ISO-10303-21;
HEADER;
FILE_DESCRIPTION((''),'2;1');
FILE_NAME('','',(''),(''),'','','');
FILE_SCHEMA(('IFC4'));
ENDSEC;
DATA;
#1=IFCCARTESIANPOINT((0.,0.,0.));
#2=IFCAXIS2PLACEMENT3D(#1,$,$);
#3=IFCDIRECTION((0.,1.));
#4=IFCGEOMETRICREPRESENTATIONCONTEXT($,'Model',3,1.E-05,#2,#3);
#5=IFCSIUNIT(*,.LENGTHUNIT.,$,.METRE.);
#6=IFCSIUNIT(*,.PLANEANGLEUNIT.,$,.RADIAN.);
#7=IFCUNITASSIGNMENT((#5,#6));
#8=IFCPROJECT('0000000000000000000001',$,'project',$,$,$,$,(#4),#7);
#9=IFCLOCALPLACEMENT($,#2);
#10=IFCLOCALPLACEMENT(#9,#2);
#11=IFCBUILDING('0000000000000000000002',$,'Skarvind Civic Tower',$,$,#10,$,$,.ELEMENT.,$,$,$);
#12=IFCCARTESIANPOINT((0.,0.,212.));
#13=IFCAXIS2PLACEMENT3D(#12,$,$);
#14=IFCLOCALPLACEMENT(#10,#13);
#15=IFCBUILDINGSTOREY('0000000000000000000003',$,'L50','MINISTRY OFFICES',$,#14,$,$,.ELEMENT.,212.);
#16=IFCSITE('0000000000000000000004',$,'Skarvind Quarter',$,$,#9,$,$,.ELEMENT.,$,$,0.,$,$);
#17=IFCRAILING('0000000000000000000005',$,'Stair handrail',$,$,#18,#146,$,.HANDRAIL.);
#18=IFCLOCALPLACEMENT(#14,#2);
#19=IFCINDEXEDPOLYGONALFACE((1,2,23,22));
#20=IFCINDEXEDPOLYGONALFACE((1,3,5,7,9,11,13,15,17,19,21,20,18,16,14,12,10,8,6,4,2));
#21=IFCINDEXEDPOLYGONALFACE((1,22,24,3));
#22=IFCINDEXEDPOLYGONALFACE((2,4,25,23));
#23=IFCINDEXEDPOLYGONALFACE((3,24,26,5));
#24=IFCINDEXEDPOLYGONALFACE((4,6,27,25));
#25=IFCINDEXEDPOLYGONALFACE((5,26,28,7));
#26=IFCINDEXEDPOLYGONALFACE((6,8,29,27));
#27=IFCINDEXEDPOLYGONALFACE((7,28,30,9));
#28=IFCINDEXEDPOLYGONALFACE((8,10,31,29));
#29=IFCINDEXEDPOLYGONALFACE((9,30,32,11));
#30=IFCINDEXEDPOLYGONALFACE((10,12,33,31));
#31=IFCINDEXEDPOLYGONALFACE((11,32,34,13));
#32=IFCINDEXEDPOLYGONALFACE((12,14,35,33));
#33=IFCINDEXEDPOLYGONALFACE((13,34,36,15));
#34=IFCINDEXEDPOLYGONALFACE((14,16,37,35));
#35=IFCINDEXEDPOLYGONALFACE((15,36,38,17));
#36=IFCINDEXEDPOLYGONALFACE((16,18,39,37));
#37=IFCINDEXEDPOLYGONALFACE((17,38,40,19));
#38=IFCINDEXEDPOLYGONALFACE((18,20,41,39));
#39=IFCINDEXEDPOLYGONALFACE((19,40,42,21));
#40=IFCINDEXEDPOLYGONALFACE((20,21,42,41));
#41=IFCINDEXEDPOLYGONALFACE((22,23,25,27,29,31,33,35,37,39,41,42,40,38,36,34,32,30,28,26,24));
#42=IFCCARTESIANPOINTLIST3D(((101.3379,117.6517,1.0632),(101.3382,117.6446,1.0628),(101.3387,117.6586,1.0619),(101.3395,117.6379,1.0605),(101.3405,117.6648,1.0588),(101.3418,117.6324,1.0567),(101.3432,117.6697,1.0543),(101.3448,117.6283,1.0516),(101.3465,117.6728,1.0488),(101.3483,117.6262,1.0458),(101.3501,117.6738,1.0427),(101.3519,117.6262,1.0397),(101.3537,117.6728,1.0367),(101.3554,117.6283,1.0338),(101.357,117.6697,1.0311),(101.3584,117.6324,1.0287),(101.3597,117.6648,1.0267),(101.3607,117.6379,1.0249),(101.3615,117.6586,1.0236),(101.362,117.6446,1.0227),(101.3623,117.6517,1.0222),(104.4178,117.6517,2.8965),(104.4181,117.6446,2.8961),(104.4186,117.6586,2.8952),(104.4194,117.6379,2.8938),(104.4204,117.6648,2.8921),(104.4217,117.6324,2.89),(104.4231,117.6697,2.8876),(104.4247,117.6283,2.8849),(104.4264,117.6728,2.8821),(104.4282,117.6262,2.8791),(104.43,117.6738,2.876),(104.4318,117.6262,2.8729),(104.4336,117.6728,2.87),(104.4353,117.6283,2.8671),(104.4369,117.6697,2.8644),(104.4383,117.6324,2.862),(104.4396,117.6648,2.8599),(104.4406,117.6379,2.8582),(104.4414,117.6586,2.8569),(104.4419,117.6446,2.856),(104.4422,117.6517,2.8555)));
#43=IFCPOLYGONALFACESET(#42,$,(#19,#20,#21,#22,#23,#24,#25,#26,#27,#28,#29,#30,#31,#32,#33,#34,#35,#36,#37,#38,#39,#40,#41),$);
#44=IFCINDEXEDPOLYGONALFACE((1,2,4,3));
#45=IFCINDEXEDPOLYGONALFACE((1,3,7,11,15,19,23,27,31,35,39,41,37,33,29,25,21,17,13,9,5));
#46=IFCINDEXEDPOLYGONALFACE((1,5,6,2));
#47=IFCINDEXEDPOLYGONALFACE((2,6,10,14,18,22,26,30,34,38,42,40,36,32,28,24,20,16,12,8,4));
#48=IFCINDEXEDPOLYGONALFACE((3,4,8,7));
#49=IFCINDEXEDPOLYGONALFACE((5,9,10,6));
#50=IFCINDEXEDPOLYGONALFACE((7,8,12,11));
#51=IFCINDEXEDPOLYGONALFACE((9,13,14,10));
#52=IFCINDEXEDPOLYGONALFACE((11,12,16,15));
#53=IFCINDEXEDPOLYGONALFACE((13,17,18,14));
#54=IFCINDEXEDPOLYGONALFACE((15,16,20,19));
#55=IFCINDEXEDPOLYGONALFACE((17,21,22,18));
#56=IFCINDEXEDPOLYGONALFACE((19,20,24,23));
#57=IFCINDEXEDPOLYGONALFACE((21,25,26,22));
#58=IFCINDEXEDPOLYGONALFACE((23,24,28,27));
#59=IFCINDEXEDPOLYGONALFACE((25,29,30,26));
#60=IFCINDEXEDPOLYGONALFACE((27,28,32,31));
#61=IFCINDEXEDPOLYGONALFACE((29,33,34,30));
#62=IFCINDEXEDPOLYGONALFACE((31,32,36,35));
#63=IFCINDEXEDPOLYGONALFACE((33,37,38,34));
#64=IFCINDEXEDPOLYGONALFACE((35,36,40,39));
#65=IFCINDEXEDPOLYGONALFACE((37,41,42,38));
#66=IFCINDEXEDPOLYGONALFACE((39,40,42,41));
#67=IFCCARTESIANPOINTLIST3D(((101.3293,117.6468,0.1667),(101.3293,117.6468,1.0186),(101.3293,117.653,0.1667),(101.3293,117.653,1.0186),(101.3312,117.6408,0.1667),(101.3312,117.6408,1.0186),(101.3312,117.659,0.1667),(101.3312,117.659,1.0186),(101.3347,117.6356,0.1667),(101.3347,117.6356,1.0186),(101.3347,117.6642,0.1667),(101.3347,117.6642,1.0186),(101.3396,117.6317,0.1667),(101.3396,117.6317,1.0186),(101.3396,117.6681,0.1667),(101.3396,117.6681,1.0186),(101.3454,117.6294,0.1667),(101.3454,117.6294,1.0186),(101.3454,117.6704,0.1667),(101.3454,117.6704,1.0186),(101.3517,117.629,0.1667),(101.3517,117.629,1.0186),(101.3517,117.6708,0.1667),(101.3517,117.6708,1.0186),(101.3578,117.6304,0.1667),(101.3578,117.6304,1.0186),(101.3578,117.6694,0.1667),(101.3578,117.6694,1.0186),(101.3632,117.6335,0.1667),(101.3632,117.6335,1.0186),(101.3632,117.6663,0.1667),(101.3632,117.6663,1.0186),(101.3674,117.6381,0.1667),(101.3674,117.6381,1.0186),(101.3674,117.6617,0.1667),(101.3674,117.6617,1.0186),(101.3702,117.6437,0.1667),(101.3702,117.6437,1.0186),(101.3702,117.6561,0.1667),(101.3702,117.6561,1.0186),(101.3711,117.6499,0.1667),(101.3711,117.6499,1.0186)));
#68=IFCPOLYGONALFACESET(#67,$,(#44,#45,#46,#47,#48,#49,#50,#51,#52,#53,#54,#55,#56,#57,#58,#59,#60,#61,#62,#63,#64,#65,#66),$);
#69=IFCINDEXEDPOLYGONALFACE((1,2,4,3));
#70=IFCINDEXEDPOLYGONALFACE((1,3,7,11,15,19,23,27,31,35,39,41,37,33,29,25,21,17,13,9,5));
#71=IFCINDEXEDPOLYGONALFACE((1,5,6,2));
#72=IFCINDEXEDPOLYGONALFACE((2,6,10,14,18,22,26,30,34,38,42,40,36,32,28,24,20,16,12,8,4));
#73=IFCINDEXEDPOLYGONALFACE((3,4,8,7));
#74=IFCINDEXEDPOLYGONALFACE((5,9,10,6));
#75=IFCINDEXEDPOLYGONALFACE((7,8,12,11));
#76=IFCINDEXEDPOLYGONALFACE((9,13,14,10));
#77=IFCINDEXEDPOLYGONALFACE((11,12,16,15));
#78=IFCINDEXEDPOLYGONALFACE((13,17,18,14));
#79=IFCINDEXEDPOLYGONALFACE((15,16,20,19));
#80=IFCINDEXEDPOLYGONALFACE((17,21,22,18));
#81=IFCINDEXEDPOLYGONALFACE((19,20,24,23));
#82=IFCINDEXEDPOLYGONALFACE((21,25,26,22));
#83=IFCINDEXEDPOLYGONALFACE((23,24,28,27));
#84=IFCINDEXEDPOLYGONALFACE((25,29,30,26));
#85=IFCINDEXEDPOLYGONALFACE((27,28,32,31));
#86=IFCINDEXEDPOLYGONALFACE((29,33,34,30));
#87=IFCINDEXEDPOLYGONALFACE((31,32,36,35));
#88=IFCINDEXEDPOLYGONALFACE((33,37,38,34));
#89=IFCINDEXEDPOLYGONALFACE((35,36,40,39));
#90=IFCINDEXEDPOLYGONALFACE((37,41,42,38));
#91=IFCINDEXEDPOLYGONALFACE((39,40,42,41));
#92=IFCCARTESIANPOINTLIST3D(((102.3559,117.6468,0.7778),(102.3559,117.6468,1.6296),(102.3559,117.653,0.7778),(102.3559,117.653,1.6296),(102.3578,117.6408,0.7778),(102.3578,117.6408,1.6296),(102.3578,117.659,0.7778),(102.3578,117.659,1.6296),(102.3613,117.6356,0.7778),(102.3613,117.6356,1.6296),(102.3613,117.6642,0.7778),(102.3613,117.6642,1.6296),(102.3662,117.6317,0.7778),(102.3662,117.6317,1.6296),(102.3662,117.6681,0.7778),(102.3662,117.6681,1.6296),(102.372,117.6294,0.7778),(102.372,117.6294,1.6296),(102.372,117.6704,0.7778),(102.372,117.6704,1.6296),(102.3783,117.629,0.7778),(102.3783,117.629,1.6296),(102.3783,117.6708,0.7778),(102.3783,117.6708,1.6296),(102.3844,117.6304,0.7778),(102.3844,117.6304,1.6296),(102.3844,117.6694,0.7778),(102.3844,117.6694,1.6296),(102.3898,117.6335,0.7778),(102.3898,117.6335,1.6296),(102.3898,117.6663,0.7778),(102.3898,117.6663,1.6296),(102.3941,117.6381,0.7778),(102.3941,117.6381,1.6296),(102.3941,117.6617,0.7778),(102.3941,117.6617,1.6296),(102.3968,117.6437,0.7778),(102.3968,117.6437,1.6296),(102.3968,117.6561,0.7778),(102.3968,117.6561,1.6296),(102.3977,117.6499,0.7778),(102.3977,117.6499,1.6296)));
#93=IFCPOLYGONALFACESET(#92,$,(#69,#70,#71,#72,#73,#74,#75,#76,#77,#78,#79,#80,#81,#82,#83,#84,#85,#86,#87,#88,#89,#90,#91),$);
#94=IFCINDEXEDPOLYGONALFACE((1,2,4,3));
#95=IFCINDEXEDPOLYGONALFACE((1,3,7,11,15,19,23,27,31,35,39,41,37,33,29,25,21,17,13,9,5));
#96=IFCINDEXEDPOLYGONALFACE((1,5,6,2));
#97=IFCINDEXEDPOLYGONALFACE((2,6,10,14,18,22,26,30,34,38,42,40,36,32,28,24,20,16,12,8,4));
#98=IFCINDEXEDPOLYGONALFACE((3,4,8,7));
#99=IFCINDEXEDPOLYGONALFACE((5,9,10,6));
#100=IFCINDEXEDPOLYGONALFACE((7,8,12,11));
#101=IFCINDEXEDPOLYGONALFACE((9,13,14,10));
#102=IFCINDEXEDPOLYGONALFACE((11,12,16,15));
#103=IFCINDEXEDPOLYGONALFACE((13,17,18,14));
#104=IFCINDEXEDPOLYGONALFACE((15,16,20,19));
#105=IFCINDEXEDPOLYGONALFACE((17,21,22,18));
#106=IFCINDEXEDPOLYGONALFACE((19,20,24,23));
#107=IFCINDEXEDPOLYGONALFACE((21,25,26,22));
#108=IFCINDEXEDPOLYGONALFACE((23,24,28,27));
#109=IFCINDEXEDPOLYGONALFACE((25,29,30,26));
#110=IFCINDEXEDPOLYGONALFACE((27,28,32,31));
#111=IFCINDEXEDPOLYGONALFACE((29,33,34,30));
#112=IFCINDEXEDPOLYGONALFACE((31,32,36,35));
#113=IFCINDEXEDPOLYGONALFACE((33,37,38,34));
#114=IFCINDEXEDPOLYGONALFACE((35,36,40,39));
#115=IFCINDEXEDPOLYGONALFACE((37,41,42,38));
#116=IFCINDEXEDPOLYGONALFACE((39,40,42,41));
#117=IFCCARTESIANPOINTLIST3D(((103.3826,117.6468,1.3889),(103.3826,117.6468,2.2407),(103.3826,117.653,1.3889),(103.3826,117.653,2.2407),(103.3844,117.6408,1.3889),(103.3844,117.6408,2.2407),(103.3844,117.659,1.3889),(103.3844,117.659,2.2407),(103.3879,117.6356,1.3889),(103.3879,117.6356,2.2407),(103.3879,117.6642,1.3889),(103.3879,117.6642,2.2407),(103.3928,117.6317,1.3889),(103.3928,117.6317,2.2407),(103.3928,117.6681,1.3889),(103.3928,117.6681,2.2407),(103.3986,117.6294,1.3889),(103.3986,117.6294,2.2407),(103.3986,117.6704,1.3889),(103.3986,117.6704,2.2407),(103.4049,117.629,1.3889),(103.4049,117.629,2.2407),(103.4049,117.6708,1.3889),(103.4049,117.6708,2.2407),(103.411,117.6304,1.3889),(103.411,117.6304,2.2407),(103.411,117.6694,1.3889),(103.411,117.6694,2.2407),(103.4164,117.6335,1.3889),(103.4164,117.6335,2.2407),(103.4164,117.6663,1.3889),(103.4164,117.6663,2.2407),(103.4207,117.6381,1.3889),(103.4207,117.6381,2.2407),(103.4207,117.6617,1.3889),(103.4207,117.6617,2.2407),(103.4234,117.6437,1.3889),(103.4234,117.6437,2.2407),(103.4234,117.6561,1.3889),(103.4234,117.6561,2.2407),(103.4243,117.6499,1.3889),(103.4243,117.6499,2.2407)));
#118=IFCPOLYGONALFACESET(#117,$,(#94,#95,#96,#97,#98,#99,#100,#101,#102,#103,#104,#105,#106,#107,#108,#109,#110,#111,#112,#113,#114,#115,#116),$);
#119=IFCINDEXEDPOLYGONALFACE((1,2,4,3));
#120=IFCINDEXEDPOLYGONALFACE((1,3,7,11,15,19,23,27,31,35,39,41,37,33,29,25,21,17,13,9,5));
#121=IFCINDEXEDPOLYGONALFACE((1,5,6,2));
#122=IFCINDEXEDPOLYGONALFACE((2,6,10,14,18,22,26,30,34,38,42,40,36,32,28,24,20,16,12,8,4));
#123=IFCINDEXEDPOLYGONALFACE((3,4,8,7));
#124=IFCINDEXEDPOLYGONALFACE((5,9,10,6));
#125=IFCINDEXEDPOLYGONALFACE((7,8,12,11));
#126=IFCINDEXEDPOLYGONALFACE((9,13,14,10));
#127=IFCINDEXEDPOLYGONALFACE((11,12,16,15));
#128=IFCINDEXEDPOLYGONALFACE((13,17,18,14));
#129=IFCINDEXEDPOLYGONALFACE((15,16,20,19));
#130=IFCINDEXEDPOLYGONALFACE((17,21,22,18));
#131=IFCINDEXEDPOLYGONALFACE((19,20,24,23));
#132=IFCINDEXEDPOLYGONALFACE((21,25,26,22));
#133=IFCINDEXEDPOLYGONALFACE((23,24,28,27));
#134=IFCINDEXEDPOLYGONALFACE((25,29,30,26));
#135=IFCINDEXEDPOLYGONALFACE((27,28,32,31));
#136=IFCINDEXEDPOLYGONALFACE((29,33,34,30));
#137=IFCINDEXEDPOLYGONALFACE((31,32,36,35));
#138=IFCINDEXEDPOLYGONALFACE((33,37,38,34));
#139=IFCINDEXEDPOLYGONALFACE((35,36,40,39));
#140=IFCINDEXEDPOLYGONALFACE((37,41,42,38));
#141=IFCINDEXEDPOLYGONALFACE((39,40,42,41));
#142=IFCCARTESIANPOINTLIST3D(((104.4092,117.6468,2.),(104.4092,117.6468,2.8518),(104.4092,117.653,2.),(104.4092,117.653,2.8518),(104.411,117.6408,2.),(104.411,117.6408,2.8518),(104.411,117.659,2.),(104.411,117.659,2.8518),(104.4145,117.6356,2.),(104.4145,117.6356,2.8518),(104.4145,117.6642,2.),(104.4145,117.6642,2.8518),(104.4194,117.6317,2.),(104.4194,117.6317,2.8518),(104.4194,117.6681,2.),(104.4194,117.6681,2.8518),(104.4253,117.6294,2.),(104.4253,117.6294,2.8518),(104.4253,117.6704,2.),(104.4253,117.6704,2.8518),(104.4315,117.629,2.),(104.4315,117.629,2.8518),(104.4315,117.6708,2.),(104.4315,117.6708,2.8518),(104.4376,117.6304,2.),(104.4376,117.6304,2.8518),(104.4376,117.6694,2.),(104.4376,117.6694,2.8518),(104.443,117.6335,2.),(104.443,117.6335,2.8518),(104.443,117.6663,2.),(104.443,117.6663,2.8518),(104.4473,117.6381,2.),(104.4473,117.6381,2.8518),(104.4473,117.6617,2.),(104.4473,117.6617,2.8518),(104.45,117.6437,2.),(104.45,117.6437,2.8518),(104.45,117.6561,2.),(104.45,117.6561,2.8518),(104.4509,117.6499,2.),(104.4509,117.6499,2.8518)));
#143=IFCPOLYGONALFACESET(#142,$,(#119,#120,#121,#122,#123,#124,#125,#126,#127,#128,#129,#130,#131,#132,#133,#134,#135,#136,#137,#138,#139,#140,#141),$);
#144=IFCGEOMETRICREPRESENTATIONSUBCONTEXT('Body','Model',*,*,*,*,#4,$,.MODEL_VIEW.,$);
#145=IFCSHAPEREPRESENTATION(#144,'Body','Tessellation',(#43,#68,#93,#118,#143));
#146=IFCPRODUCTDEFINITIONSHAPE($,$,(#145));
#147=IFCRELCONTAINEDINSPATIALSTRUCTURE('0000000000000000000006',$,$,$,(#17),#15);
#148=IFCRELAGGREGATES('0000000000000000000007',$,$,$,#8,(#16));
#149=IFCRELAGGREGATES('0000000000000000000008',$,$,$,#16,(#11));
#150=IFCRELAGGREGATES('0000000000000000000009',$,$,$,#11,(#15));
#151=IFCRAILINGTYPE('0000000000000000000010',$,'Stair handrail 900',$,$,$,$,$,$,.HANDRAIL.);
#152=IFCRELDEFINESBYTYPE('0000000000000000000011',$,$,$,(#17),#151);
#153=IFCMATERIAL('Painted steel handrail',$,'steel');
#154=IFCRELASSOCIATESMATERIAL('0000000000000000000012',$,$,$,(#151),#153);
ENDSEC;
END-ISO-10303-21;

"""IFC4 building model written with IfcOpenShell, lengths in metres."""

from ifc_helpers import new_model, si_unit, direction, frame, origin, origin_2d, place, context, subcontext, project, spatial, circle, extrude, material, type_object, element, save


model = new_model("IFC4")

# Units and contexts
model_context = context("Model", 3, precision=1e-05, world=origin(), true_north=direction((0.0, 1.0)))
body_context = subcontext(model_context, "Body", "Model", "MODEL_VIEW")
ifc_project = project(units=[si_unit("LENGTHUNIT", "METRE"), si_unit("PLANEANGLEUNIT", "RADIAN")], contexts=[model_context])

# Site, building, storey
site_placement = place(None, origin())
site = spatial("IfcSite", under=ifc_project, at=site_placement, Name="Skarvind Quarter", CompositionType="ELEMENT", RefElevation=0.0)
building_placement = place(site_placement, origin())
building = spatial("IfcBuilding", under=site, at=building_placement, Name="Skarvind Civic Tower", CompositionType="ELEMENT")
storey_placement = place(building_placement, frame((0.0, 0.0, 212.0)))
storey = spatial("IfcBuildingStorey", under=building, at=storey_placement, Name="L50", Description="MINISTRY OFFICES", CompositionType="ELEMENT", Elevation=212.0)

# Railing
ifc_material_1 = material(Name="Painted steel handrail", Category="steel")
railing_type = type_object("IfcRailingType", Name="Stair handrail 900", PredefinedType="HANDRAIL", material=ifc_material_1)
railing_1_placement = place(storey_placement, frame((101.3501, 117.6499, 0.1667)))
element("IfcRailing", 1, at=railing_1_placement, inside=storey, type_object=railing_type, Name="Stair handrail", PredefinedType="HANDRAIL", context=body_context, shape_type="SweptSolid", body=[
    extrude(circle(Radius=0.0239, at=origin_2d()), frame((0.0, 0.0, 0.876), z_axis=(0.859291, 0.0, 0.511487), x_axis=(0.0, 1.0, 0.0)), (0.0, 0.0, 1.0), 3.5842),
    extrude(circle(Radius=0.021, at=origin_2d()), origin(), (0.0, 0.0, 1.0), 0.8518),
    extrude(circle(Radius=0.021, at=origin_2d()), frame((1.0266, 0.0, 0.6111)), (0.0, 0.0, 1.0), 0.8518),
    extrude(circle(Radius=0.021, at=origin_2d()), frame((2.0532, 0.0, 1.2222)), (0.0, 0.0, 1.0), 0.8518),
    extrude(circle(Radius=0.021, at=origin_2d()), frame((3.0798, 0.0, 1.8333)), (0.0, 0.0, 1.0), 0.8518),
])

save(model, "model.ifc")
